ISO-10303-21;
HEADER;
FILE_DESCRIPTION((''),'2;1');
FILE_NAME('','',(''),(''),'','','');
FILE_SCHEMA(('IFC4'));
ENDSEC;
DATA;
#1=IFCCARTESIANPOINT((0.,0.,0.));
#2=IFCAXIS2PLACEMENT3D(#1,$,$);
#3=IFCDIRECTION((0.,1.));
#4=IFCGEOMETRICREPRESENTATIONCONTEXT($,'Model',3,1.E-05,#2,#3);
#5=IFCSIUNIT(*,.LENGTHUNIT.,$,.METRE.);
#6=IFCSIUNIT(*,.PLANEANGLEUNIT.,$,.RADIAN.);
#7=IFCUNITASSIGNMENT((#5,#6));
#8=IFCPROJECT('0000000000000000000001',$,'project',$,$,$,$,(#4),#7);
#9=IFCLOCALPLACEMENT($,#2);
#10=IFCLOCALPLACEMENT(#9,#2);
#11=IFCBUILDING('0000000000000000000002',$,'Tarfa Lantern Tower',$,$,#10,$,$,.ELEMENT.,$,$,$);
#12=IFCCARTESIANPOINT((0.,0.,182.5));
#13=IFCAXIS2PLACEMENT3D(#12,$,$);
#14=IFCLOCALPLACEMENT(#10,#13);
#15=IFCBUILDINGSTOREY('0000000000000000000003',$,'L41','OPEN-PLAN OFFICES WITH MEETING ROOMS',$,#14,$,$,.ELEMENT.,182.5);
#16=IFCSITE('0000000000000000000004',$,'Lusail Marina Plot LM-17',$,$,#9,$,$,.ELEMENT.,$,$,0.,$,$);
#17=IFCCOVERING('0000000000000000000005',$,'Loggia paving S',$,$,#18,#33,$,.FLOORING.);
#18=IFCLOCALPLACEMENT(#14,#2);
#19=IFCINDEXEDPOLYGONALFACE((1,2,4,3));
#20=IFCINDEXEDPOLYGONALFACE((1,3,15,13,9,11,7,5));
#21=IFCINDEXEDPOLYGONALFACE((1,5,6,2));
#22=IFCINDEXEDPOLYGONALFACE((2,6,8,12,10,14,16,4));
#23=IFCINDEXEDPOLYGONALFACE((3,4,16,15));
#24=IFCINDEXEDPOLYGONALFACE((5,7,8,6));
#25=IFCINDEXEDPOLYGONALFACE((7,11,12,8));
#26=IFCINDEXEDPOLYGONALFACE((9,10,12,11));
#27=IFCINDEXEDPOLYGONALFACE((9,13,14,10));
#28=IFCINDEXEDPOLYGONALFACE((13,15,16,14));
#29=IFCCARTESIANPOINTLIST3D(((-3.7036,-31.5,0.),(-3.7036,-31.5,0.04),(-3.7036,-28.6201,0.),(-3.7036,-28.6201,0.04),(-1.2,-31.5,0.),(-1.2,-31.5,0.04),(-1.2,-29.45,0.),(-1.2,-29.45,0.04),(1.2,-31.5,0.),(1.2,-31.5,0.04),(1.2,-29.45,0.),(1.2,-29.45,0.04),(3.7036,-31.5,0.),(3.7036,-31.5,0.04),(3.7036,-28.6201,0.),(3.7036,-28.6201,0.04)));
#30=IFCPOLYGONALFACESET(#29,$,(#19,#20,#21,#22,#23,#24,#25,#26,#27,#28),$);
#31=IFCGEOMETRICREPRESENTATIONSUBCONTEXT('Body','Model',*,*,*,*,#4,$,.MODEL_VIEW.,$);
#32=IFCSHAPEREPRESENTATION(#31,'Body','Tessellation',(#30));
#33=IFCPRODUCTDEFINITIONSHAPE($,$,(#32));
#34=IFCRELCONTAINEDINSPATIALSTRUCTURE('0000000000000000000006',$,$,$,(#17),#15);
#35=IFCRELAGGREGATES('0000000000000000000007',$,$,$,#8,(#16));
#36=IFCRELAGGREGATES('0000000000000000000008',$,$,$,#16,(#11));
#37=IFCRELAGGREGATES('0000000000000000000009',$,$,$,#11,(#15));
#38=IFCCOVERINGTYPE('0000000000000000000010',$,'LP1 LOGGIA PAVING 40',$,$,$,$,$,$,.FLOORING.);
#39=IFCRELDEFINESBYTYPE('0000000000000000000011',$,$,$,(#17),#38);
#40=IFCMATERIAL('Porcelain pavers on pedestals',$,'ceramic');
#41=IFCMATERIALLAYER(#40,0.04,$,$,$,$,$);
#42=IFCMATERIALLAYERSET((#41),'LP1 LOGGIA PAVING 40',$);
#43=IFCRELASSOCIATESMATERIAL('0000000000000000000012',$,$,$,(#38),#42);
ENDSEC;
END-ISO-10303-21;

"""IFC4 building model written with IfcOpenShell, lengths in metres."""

from ifc_helpers import new_model, si_unit, direction, frame, origin, place, context, subcontext, project, spatial, polyline, outline, extrude, material, layer, layer_set, type_object, element, save


model = new_model("IFC4")

# Units and contexts
model_context = context("Model", 3, precision=1e-05, world=origin(), true_north=direction((0.0, 1.0)))
body_context = subcontext(model_context, "Body", "Model", "MODEL_VIEW")
ifc_project = project(units=[si_unit("LENGTHUNIT", "METRE"), si_unit("PLANEANGLEUNIT", "RADIAN")], contexts=[model_context])

# Site, building, storey
site_placement = place(None, origin())
site = spatial("IfcSite", under=ifc_project, at=site_placement, Name="Lusail Marina Plot LM-17", CompositionType="ELEMENT", RefElevation=0.0)
building_placement = place(site_placement, origin())
building = spatial("IfcBuilding", under=site, at=building_placement, Name="Tarfa Lantern Tower", CompositionType="ELEMENT")
storey_placement = place(building_placement, frame((0.0, 0.0, 182.5)))
storey = spatial("IfcBuildingStorey", under=building, at=storey_placement, Name="L41", Description="OPEN-PLAN OFFICES WITH MEETING ROOMS", CompositionType="ELEMENT", Elevation=182.5)

# Covering
ifc_material_1 = material(Name="Porcelain pavers on pedestals", Category="ceramic")
ifc_layer_1 = layer(ifc_material_1, 0.04)
ifc_layer_set_1 = layer_set([ifc_layer_1], Name="LP1 LOGGIA PAVING 40")
covering_type = type_object("IfcCoveringType", Name="LP1 LOGGIA PAVING 40", PredefinedType="FLOORING", material=ifc_layer_set_1)
covering_1_placement = place(storey_placement, origin())
element("IfcCovering", 1, at=covering_1_placement, inside=storey, type_object=covering_type, Name="Loggia paving S", PredefinedType="FLOORING", context=body_context, shape_type="SweptSolid", body=[
    extrude(outline(polyline([(-3.7036, -31.5), (-3.7036, -28.6201), (3.7036, -28.6201), (3.7036, -31.5), (1.2, -31.5), (1.2, -29.45), (-1.2, -29.45), (-1.2, -31.5), (-3.7036, -31.5)])), origin(), (0.0, 0.0, 1.0), 0.04),
])

save(model, "model.ifc")
